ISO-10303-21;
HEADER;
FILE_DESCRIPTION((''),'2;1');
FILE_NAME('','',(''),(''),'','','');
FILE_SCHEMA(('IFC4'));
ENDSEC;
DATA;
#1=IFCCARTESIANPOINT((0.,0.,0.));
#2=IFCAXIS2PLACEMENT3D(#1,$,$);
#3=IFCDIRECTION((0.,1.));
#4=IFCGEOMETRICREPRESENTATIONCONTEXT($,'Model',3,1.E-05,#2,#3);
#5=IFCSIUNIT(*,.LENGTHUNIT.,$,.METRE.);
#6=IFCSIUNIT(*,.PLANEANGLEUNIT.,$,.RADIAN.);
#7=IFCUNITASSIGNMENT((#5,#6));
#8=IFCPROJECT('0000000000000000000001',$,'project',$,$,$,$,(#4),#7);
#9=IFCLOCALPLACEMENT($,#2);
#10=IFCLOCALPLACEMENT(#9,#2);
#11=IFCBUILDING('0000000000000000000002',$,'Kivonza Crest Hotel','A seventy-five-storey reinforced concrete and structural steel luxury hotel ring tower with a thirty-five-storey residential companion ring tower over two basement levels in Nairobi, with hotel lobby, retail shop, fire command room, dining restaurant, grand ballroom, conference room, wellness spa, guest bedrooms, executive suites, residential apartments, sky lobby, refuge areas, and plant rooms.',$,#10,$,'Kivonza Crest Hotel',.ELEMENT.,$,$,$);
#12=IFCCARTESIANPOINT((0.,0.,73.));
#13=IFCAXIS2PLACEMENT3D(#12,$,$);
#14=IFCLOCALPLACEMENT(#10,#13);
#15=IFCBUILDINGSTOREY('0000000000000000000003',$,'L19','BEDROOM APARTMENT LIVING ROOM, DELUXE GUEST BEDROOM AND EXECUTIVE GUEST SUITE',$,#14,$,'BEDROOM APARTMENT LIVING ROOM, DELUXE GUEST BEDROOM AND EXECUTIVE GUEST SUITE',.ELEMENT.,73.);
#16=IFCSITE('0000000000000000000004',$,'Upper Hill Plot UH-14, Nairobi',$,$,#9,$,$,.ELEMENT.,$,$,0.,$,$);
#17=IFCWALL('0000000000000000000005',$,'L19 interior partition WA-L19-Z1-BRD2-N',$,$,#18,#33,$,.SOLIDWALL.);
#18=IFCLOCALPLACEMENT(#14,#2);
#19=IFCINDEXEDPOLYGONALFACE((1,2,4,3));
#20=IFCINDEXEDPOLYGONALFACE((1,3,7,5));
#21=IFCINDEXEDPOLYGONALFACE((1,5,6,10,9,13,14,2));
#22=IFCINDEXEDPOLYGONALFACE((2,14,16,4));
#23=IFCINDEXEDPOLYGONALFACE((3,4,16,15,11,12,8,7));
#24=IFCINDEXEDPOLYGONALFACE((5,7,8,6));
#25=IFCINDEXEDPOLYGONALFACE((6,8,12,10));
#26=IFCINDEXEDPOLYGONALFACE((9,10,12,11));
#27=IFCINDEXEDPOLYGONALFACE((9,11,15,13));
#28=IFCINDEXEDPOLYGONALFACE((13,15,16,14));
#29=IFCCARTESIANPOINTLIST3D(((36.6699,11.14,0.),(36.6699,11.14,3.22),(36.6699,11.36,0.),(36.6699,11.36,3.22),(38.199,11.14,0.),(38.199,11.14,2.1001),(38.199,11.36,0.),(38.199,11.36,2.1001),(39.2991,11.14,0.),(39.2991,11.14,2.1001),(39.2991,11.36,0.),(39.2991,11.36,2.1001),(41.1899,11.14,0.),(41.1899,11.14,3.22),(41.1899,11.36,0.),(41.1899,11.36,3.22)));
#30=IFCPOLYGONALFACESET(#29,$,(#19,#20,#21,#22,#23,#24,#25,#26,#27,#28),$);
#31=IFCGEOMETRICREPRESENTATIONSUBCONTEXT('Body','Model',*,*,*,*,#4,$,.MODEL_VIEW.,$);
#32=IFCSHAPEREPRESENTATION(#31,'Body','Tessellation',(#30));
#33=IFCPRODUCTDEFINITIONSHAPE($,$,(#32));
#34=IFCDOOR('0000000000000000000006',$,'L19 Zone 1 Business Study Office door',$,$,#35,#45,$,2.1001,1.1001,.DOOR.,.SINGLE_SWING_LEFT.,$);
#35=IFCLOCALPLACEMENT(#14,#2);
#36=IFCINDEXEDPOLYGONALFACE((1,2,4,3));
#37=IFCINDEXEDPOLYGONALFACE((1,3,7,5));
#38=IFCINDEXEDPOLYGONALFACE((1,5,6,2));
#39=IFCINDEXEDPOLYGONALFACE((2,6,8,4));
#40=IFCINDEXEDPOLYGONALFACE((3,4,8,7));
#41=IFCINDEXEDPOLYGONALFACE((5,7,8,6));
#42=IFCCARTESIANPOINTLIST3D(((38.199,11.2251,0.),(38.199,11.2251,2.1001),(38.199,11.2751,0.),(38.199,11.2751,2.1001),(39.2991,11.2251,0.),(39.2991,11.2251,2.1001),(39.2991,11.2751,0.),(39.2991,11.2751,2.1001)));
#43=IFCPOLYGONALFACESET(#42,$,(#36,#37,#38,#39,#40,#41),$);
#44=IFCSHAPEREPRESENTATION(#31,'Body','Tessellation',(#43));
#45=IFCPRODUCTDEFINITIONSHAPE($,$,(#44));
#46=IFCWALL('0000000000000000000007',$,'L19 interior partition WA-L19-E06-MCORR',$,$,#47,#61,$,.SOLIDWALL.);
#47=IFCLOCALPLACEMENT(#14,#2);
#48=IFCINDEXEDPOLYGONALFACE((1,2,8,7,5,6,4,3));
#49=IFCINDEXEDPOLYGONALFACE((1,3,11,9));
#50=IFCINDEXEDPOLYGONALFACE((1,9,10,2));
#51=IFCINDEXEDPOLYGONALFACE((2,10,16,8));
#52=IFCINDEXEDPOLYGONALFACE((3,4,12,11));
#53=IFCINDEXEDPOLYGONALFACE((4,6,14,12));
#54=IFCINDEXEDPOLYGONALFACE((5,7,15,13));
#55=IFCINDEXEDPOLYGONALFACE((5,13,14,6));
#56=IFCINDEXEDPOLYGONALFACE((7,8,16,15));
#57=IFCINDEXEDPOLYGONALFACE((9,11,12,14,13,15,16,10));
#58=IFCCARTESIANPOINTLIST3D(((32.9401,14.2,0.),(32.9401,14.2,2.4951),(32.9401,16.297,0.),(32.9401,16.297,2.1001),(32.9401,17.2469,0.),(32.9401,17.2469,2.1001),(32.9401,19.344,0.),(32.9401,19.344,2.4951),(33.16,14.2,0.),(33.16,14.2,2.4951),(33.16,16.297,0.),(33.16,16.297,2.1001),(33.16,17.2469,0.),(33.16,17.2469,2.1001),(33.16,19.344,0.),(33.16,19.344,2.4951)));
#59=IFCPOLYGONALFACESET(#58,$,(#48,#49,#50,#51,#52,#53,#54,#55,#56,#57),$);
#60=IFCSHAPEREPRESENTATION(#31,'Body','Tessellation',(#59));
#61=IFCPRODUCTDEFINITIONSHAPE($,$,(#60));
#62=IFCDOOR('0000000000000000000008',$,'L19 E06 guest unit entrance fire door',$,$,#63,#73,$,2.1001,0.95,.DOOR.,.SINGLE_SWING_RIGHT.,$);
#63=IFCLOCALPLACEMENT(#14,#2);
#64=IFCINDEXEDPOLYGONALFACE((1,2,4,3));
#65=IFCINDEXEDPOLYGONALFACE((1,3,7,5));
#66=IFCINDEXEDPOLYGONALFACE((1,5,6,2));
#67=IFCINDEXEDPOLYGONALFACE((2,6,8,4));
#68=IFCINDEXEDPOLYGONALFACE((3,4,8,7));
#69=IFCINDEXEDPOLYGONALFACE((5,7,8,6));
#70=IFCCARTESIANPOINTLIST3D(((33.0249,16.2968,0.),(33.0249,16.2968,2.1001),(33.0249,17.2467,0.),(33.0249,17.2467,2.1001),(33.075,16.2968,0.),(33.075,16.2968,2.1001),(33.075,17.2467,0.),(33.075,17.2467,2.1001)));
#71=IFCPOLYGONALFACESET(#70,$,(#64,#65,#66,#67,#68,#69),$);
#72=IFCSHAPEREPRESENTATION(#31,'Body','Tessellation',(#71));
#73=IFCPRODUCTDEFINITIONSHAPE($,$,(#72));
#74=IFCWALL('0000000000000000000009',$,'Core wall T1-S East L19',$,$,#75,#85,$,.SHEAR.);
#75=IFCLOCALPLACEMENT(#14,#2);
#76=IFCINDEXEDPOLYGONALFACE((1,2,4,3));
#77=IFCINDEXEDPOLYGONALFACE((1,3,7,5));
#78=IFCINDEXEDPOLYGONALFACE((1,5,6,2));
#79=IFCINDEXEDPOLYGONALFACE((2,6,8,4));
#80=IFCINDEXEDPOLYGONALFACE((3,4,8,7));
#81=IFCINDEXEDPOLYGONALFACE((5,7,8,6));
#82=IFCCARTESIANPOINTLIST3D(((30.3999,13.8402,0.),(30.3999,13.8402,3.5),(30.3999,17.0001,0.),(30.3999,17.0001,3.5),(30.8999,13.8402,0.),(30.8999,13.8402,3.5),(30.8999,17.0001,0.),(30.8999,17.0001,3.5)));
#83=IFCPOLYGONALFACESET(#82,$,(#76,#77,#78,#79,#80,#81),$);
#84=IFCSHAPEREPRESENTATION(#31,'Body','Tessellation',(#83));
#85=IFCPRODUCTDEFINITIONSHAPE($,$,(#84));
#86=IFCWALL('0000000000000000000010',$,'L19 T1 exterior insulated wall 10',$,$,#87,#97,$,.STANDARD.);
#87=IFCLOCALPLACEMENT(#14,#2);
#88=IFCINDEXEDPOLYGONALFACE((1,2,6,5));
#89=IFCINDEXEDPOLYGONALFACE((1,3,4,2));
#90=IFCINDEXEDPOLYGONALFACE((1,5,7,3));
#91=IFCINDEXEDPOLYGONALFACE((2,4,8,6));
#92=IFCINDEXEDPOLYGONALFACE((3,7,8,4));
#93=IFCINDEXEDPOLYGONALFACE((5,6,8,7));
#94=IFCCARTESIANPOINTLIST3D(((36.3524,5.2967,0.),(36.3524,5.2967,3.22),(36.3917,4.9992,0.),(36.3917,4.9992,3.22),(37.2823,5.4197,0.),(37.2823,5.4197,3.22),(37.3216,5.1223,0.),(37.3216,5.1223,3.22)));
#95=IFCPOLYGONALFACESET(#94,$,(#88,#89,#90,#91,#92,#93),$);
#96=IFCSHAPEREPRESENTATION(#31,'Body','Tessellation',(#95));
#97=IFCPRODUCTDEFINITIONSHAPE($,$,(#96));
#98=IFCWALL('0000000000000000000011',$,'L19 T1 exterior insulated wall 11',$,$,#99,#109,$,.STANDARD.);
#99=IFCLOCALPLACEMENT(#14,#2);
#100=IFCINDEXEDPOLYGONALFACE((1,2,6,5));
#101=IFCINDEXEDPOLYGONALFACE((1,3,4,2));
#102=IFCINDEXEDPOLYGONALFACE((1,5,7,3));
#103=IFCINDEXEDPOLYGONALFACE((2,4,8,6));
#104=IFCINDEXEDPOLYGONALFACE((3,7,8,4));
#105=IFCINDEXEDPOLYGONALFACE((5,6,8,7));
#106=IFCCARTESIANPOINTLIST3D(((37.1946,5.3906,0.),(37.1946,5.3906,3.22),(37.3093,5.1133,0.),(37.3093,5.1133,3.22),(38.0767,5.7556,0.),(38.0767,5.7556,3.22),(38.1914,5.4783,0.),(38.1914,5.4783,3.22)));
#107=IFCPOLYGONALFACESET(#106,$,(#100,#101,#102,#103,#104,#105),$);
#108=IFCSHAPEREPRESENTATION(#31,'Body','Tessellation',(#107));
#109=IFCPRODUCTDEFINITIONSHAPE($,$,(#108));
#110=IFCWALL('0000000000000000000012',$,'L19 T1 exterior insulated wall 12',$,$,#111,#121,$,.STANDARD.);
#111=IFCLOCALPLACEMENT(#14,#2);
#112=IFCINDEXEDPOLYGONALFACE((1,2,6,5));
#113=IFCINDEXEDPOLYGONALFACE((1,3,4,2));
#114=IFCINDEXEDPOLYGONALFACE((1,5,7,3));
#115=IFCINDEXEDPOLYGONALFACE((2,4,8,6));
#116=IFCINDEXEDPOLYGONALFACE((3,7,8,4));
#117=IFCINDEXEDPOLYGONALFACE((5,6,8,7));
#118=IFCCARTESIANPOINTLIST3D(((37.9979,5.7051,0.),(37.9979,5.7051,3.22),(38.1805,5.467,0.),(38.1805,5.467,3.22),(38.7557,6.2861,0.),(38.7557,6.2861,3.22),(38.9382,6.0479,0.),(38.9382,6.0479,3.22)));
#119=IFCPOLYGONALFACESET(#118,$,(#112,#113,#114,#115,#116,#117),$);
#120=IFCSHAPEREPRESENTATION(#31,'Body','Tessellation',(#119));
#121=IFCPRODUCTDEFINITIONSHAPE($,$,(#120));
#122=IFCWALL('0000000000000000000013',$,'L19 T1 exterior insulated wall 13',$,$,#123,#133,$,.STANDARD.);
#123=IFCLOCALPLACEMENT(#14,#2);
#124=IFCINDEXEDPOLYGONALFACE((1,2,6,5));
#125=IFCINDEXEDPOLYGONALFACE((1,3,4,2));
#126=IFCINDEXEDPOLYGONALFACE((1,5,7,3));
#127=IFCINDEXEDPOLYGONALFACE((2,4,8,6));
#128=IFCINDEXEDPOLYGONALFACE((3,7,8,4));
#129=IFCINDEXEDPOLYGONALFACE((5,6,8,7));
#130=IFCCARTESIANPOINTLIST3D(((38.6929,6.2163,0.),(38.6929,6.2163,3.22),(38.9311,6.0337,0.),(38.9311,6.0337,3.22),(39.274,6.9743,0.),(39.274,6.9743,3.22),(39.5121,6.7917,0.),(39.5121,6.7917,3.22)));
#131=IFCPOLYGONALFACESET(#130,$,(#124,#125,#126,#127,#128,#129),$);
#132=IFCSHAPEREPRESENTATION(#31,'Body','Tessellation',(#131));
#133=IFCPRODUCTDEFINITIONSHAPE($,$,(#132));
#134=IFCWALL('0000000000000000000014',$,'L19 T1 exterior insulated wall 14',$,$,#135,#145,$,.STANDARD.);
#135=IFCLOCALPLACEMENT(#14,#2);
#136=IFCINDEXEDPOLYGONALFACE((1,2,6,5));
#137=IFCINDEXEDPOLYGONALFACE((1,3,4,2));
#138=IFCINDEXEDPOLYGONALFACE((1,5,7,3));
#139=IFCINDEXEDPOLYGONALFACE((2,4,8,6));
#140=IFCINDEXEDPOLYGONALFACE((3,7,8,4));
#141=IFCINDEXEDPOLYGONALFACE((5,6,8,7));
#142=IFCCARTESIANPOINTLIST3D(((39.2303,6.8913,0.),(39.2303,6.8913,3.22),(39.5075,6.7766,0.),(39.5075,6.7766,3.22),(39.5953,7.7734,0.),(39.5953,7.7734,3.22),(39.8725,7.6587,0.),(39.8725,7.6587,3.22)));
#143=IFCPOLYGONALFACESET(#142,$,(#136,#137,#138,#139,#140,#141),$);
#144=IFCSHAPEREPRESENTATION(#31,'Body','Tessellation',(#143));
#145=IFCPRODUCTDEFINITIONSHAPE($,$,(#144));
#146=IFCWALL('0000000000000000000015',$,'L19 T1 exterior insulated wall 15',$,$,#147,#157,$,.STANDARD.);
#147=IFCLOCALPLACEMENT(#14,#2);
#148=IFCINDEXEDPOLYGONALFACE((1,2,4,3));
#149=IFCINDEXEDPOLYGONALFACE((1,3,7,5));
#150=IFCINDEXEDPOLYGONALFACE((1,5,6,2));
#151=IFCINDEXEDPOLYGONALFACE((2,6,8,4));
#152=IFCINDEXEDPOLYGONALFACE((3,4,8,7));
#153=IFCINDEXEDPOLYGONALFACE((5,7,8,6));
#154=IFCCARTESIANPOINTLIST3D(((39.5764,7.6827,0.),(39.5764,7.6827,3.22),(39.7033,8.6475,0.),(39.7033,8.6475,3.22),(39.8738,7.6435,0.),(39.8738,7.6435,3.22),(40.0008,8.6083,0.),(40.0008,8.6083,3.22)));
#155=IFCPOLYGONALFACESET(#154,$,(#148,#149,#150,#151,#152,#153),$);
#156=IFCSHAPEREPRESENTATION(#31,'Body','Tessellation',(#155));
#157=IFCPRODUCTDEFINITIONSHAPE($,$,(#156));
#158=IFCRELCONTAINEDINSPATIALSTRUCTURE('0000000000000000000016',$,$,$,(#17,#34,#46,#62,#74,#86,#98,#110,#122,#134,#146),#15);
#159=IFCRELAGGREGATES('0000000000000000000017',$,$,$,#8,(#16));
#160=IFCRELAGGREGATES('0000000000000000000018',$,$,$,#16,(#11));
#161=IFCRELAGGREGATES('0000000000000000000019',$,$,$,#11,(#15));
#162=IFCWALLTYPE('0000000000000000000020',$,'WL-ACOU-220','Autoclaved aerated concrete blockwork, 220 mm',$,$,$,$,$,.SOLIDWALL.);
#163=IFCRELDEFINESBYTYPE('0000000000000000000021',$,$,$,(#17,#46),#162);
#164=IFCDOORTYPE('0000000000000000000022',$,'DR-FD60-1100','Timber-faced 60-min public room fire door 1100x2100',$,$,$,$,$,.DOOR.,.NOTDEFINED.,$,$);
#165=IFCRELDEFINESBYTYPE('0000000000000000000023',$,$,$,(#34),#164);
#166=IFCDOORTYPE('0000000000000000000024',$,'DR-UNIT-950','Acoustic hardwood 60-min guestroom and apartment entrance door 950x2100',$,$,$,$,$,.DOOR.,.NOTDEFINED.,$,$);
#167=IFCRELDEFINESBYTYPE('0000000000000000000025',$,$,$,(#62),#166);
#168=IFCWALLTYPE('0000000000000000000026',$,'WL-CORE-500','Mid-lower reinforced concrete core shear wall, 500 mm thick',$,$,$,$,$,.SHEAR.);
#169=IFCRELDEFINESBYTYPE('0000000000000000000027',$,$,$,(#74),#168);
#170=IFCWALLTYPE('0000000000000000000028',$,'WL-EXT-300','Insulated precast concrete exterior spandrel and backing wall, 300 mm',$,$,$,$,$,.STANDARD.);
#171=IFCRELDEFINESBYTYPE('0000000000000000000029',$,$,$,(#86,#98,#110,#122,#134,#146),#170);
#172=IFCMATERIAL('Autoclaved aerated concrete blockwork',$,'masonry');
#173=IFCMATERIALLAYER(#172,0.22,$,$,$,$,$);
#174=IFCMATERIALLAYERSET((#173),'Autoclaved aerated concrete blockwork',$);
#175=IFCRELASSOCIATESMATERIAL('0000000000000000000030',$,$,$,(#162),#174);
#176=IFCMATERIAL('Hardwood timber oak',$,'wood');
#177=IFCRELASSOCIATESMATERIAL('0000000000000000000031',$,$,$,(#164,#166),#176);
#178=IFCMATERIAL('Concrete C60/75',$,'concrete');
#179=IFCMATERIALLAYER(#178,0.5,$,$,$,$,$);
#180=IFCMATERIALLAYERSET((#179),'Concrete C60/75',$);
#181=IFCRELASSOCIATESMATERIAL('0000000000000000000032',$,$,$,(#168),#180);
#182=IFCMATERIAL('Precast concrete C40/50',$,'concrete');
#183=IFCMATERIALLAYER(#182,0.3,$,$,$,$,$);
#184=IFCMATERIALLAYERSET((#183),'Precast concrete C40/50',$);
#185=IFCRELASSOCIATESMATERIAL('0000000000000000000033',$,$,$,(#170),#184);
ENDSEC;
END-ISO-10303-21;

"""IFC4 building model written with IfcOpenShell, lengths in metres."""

from ifc_helpers import new_model, si_unit, direction, frame, frame_2d, origin, place, context, subcontext, project, spatial, rectangle, extrude, material, layer, layer_set, type_object, element, fill, save


model = new_model("IFC4")

# Units and contexts
model_context = context("Model", 3, precision=1e-05, world=origin(), true_north=direction((0.0, 1.0)))
body_context = subcontext(model_context, "Body", "Model", "MODEL_VIEW")
ifc_project = project(units=[si_unit("LENGTHUNIT", "METRE"), si_unit("PLANEANGLEUNIT", "RADIAN")], contexts=[model_context])

# Site, building, storey
site_placement = place(None, origin())
site = spatial("IfcSite", under=ifc_project, at=site_placement, Name="Upper Hill Plot UH-14, Nairobi", CompositionType="ELEMENT", RefElevation=0.0)
building_placement = place(site_placement, origin())
building = spatial("IfcBuilding", under=site, at=building_placement, Name="Kivonza Crest Hotel", Description="A seventy-five-storey reinforced concrete and structural steel luxury hotel ring tower with a thirty-five-storey residential companion ring tower over two basement levels in Nairobi, with hotel lobby, retail shop, fire command room, dining restaurant, grand ballroom, conference room, wellness spa, guest bedrooms, executive suites, residential apartments, sky lobby, refuge areas, and plant rooms.", LongName="Kivonza Crest Hotel", CompositionType="ELEMENT")
storey_placement = place(building_placement, frame((0.0, 0.0, 73.0)))
storey = spatial("IfcBuildingStorey", under=building, at=storey_placement, Name="L19", Description="BEDROOM APARTMENT LIVING ROOM, DELUXE GUEST BEDROOM AND EXECUTIVE GUEST SUITE", LongName="BEDROOM APARTMENT LIVING ROOM, DELUXE GUEST BEDROOM AND EXECUTIVE GUEST SUITE", CompositionType="ELEMENT", Elevation=73.0)

# Shared definitions
ifc_material_1 = material(Name="Concrete C60/75", Category="concrete")

# Walls, openings, doors
ifc_material_2 = material(Name="Autoclaved aerated concrete blockwork", Category="masonry")
ifc_layer_1 = layer(ifc_material_2, 0.22)
ifc_layer_set_1 = layer_set([ifc_layer_1], Name="Autoclaved aerated concrete blockwork")
wall_type_1 = type_object("IfcWallType", Name="WL-ACOU-220", Description="Autoclaved aerated concrete blockwork, 220 mm", PredefinedType="SOLIDWALL", material=ifc_layer_set_1)
ifc_material_3 = material(Name="Hardwood timber oak", Category="wood")
door_type_1 = type_object("IfcDoorType", Name="DR-FD60-1100", Description="Timber-faced 60-min public room fire door 1100x2100", OperationType="NOTDEFINED", PredefinedType="DOOR", material=ifc_material_3)
wall_1_placement = place(storey_placement, frame((36.6699, 11.25, 0.0), z_axis=(0.0, 0.0, 1.0), x_axis=(1.0, 0.0, 0.0)))
wall_1 = element("IfcWall", 1, at=wall_1_placement, inside=storey, type_object=wall_type_1, Name="L19 interior partition WA-L19-Z1-BRD2-N", PredefinedType="SOLIDWALL", context=body_context, shape_type="SweptSolid", body=[
    extrude(rectangle(XDim=4.52, YDim=0.22, at=frame_2d((2.26, 0.0))), origin(), (0.0, 0.0, 1.0), 3.22),
])
opening_1_placement = place(wall_1_placement, frame((1.5291, 0.0, 0.0)))
opening_1 = element("IfcOpeningElement", 2, at=opening_1_placement, cuts=wall_1, PredefinedType="OPENING", context=body_context, shape_type="SweptSolid", body=[
    extrude(rectangle(XDim=1.1001, YDim=2.1001, at=frame_2d((0.55, 1.05))), frame((0.0, 0.1201, 0.0), z_axis=(0.0, -1.0, 0.0), x_axis=(1.0, 0.0, 0.0)), (0.0, 0.0, 1.0), 0.24),
])
door_1_placement = place(opening_1_placement, frame((1.1001, 0.0, 0.0), z_axis=(0.0, 0.0, 1.0), x_axis=(-1.0, 0.0, 0.0)))
door_1 = element("IfcDoor", 3, at=door_1_placement, inside=storey, type_object=door_type_1, Name="L19 Zone 1 Business Study Office door", OperationType="SINGLE_SWING_LEFT", OverallHeight=2.1001, OverallWidth=1.1001, PredefinedType="DOOR", context=body_context, shape_type="SweptSolid", body=[
    extrude(rectangle(XDim=1.1001, YDim=2.1001, at=frame_2d((0.55, 1.05))), frame((0.0, 0.0249, 0.0), z_axis=(0.0, -1.0, 0.0), x_axis=(1.0, 0.0, 0.0)), (0.0, 0.0, 1.0), 0.05),
])
fill(opening_1, door_1)
wall_2_placement = place(storey_placement, frame((33.05, 14.2, 0.0), z_axis=(0.0, 0.0, 1.0), x_axis=(0.0, 1.0, 0.0)))
wall_2 = element("IfcWall", 4, at=wall_2_placement, inside=storey, type_object=wall_type_1, Name="L19 interior partition WA-L19-E06-MCORR", PredefinedType="SOLIDWALL", context=body_context, shape_type="SweptSolid", body=[
    extrude(rectangle(XDim=5.144, YDim=0.22, at=frame_2d((2.572, 0.0))), origin(), (0.0, 0.0, 1.0), 2.4951),
])
opening_2_placement = place(wall_2_placement, frame((2.0969, 0.0, 0.0)))
opening_2 = element("IfcOpeningElement", 5, at=opening_2_placement, cuts=wall_2, PredefinedType="OPENING", context=body_context, shape_type="SweptSolid", body=[
    extrude(rectangle(XDim=0.95, YDim=2.1001, at=frame_2d((0.4751, 1.05))), frame((0.0, 0.1201, 0.0), z_axis=(0.0, -1.0, 0.0), x_axis=(1.0, 0.0, 0.0)), (0.0, 0.0, 1.0), 0.24),
])
door_type_2 = type_object("IfcDoorType", Name="DR-UNIT-950", Description="Acoustic hardwood 60-min guestroom and apartment entrance door 950x2100", OperationType="NOTDEFINED", PredefinedType="DOOR", material=ifc_material_3)
door_2_placement = place(opening_2_placement, frame((0.95, 0.0, 0.0), z_axis=(0.0, 0.0, 1.0), x_axis=(-1.0, 0.0, 0.0)))
door_2 = element("IfcDoor", 6, at=door_2_placement, inside=storey, type_object=door_type_2, Name="L19 E06 guest unit entrance fire door", OperationType="SINGLE_SWING_RIGHT", OverallHeight=2.1001, OverallWidth=0.95, PredefinedType="DOOR", context=body_context, shape_type="SweptSolid", body=[
    extrude(rectangle(XDim=0.95, YDim=2.1001, at=frame_2d((0.4751, 1.05))), frame((0.0, 0.0249, 0.0), z_axis=(0.0, -1.0, 0.0), x_axis=(1.0, 0.0, 0.0)), (0.0, 0.0, 1.0), 0.05),
])
fill(opening_2, door_2)

# Walls
ifc_layer_2 = layer(ifc_material_1, 0.5)
ifc_layer_set_2 = layer_set([ifc_layer_2], Name="Concrete C60/75")
wall_type_2 = type_object("IfcWallType", Name="WL-CORE-500", Description="Mid-lower reinforced concrete core shear wall, 500 mm thick", PredefinedType="SHEAR", material=ifc_layer_set_2)
wall_3_placement = place(storey_placement, frame((30.6499, 13.8401, 0.0), z_axis=(0.0, 0.0, 1.0), x_axis=(0.0, 1.0, 0.0)))
element("IfcWall", 7, at=wall_3_placement, inside=storey, type_object=wall_type_2, Name="Core wall T1-S East L19", PredefinedType="SHEAR", context=body_context, shape_type="SweptSolid", body=[
    extrude(rectangle(XDim=3.1599, YDim=0.5, at=frame_2d((1.5801, 0.0))), origin(), (0.0, 0.0, 1.0), 3.5),
])
ifc_material_4 = material(Name="Precast concrete C40/50", Category="concrete")
ifc_layer_3 = layer(ifc_material_4, 0.3)
ifc_layer_set_3 = layer_set([ifc_layer_3], Name="Precast concrete C40/50")
wall_type_3 = type_object("IfcWallType", Name="WL-EXT-300", Description="Insulated precast concrete exterior spandrel and backing wall, 300 mm", PredefinedType="STANDARD", material=ifc_layer_set_3)
wall_4_placement = place(storey_placement, frame((36.3721, 5.1479, 0.0), z_axis=(0.0, 0.0, 1.0), x_axis=(0.991359, 0.131175, 0.0)))
element("IfcWall", 8, at=wall_4_placement, inside=storey, type_object=wall_type_3, Name="L19 T1 exterior insulated wall 10", PredefinedType="STANDARD", context=body_context, shape_type="SweptSolid", body=[
    extrude(rectangle(XDim=0.938, YDim=0.3, at=frame_2d((0.469, 0.0))), origin(), (0.0, 0.0, 1.0), 3.22),
])
wall_5_placement = place(storey_placement, frame((37.252, 5.252, 0.0), z_axis=(0.0, 0.0, 1.0), x_axis=(0.92402, 0.382344, 0.0)))
element("IfcWall", 9, at=wall_5_placement, inside=storey, type_object=wall_type_3, Name="L19 T1 exterior insulated wall 11", PredefinedType="STANDARD", context=body_context, shape_type="SweptSolid", body=[
    extrude(rectangle(XDim=0.9546, YDim=0.3, at=frame_2d((0.4773, 0.0))), origin(), (0.0, 0.0, 1.0), 3.22),
])
wall_6_placement = place(storey_placement, frame((38.0891, 5.5859, 0.0), z_axis=(0.0, 0.0, 1.0), x_axis=(0.793573, 0.608474, 0.0)))
element("IfcWall", 10, at=wall_6_placement, inside=storey, type_object=wall_type_3, Name="L19 T1 exterior insulated wall 12", PredefinedType="STANDARD", context=body_context, shape_type="SweptSolid", body=[
    extrude(rectangle(XDim=0.9548, YDim=0.3, at=frame_2d((0.4775, 0.0))), origin(), (0.0, 0.0, 1.0), 3.22),
])
wall_7_placement = place(storey_placement, frame((38.812, 6.125, 0.0), z_axis=(0.0, 0.0, 1.0), x_axis=(0.608351, 0.793668, 0.0)))
element("IfcWall", 11, at=wall_7_placement, inside=storey, type_object=wall_type_3, Name="L19 T1 exterior insulated wall 13", PredefinedType="STANDARD", context=body_context, shape_type="SweptSolid", body=[
    extrude(rectangle(XDim=0.9551, YDim=0.3, at=frame_2d((0.4775, 0.0))), origin(), (0.0, 0.0, 1.0), 3.22),
])
wall_8_placement = place(storey_placement, frame((39.3689, 6.834, 0.0), z_axis=(0.0, 0.0, 1.0), x_axis=(0.382344, 0.92402, 0.0)))
element("IfcWall", 12, at=wall_8_placement, inside=storey, type_object=wall_type_3, Name="L19 T1 exterior insulated wall 14", PredefinedType="STANDARD", context=body_context, shape_type="SweptSolid", body=[
    extrude(rectangle(XDim=0.9546, YDim=0.3, at=frame_2d((0.4773, 0.0))), origin(), (0.0, 0.0, 1.0), 3.22),
])
wall_9_placement = place(storey_placement, frame((39.7251, 7.6631, 0.0), z_axis=(0.0, 0.0, 1.0), x_axis=(0.130455, 0.991454, 0.0)))
element("IfcWall", 13, at=wall_9_placement, inside=storey, type_object=wall_type_3, Name="L19 T1 exterior insulated wall 15", PredefinedType="STANDARD", context=body_context, shape_type="SweptSolid", body=[
    extrude(rectangle(XDim=0.9731, YDim=0.3, at=frame_2d((0.4866, 0.0))), origin(), (0.0, 0.0, 1.0), 3.22),
])

save(model, "model.ifc")
